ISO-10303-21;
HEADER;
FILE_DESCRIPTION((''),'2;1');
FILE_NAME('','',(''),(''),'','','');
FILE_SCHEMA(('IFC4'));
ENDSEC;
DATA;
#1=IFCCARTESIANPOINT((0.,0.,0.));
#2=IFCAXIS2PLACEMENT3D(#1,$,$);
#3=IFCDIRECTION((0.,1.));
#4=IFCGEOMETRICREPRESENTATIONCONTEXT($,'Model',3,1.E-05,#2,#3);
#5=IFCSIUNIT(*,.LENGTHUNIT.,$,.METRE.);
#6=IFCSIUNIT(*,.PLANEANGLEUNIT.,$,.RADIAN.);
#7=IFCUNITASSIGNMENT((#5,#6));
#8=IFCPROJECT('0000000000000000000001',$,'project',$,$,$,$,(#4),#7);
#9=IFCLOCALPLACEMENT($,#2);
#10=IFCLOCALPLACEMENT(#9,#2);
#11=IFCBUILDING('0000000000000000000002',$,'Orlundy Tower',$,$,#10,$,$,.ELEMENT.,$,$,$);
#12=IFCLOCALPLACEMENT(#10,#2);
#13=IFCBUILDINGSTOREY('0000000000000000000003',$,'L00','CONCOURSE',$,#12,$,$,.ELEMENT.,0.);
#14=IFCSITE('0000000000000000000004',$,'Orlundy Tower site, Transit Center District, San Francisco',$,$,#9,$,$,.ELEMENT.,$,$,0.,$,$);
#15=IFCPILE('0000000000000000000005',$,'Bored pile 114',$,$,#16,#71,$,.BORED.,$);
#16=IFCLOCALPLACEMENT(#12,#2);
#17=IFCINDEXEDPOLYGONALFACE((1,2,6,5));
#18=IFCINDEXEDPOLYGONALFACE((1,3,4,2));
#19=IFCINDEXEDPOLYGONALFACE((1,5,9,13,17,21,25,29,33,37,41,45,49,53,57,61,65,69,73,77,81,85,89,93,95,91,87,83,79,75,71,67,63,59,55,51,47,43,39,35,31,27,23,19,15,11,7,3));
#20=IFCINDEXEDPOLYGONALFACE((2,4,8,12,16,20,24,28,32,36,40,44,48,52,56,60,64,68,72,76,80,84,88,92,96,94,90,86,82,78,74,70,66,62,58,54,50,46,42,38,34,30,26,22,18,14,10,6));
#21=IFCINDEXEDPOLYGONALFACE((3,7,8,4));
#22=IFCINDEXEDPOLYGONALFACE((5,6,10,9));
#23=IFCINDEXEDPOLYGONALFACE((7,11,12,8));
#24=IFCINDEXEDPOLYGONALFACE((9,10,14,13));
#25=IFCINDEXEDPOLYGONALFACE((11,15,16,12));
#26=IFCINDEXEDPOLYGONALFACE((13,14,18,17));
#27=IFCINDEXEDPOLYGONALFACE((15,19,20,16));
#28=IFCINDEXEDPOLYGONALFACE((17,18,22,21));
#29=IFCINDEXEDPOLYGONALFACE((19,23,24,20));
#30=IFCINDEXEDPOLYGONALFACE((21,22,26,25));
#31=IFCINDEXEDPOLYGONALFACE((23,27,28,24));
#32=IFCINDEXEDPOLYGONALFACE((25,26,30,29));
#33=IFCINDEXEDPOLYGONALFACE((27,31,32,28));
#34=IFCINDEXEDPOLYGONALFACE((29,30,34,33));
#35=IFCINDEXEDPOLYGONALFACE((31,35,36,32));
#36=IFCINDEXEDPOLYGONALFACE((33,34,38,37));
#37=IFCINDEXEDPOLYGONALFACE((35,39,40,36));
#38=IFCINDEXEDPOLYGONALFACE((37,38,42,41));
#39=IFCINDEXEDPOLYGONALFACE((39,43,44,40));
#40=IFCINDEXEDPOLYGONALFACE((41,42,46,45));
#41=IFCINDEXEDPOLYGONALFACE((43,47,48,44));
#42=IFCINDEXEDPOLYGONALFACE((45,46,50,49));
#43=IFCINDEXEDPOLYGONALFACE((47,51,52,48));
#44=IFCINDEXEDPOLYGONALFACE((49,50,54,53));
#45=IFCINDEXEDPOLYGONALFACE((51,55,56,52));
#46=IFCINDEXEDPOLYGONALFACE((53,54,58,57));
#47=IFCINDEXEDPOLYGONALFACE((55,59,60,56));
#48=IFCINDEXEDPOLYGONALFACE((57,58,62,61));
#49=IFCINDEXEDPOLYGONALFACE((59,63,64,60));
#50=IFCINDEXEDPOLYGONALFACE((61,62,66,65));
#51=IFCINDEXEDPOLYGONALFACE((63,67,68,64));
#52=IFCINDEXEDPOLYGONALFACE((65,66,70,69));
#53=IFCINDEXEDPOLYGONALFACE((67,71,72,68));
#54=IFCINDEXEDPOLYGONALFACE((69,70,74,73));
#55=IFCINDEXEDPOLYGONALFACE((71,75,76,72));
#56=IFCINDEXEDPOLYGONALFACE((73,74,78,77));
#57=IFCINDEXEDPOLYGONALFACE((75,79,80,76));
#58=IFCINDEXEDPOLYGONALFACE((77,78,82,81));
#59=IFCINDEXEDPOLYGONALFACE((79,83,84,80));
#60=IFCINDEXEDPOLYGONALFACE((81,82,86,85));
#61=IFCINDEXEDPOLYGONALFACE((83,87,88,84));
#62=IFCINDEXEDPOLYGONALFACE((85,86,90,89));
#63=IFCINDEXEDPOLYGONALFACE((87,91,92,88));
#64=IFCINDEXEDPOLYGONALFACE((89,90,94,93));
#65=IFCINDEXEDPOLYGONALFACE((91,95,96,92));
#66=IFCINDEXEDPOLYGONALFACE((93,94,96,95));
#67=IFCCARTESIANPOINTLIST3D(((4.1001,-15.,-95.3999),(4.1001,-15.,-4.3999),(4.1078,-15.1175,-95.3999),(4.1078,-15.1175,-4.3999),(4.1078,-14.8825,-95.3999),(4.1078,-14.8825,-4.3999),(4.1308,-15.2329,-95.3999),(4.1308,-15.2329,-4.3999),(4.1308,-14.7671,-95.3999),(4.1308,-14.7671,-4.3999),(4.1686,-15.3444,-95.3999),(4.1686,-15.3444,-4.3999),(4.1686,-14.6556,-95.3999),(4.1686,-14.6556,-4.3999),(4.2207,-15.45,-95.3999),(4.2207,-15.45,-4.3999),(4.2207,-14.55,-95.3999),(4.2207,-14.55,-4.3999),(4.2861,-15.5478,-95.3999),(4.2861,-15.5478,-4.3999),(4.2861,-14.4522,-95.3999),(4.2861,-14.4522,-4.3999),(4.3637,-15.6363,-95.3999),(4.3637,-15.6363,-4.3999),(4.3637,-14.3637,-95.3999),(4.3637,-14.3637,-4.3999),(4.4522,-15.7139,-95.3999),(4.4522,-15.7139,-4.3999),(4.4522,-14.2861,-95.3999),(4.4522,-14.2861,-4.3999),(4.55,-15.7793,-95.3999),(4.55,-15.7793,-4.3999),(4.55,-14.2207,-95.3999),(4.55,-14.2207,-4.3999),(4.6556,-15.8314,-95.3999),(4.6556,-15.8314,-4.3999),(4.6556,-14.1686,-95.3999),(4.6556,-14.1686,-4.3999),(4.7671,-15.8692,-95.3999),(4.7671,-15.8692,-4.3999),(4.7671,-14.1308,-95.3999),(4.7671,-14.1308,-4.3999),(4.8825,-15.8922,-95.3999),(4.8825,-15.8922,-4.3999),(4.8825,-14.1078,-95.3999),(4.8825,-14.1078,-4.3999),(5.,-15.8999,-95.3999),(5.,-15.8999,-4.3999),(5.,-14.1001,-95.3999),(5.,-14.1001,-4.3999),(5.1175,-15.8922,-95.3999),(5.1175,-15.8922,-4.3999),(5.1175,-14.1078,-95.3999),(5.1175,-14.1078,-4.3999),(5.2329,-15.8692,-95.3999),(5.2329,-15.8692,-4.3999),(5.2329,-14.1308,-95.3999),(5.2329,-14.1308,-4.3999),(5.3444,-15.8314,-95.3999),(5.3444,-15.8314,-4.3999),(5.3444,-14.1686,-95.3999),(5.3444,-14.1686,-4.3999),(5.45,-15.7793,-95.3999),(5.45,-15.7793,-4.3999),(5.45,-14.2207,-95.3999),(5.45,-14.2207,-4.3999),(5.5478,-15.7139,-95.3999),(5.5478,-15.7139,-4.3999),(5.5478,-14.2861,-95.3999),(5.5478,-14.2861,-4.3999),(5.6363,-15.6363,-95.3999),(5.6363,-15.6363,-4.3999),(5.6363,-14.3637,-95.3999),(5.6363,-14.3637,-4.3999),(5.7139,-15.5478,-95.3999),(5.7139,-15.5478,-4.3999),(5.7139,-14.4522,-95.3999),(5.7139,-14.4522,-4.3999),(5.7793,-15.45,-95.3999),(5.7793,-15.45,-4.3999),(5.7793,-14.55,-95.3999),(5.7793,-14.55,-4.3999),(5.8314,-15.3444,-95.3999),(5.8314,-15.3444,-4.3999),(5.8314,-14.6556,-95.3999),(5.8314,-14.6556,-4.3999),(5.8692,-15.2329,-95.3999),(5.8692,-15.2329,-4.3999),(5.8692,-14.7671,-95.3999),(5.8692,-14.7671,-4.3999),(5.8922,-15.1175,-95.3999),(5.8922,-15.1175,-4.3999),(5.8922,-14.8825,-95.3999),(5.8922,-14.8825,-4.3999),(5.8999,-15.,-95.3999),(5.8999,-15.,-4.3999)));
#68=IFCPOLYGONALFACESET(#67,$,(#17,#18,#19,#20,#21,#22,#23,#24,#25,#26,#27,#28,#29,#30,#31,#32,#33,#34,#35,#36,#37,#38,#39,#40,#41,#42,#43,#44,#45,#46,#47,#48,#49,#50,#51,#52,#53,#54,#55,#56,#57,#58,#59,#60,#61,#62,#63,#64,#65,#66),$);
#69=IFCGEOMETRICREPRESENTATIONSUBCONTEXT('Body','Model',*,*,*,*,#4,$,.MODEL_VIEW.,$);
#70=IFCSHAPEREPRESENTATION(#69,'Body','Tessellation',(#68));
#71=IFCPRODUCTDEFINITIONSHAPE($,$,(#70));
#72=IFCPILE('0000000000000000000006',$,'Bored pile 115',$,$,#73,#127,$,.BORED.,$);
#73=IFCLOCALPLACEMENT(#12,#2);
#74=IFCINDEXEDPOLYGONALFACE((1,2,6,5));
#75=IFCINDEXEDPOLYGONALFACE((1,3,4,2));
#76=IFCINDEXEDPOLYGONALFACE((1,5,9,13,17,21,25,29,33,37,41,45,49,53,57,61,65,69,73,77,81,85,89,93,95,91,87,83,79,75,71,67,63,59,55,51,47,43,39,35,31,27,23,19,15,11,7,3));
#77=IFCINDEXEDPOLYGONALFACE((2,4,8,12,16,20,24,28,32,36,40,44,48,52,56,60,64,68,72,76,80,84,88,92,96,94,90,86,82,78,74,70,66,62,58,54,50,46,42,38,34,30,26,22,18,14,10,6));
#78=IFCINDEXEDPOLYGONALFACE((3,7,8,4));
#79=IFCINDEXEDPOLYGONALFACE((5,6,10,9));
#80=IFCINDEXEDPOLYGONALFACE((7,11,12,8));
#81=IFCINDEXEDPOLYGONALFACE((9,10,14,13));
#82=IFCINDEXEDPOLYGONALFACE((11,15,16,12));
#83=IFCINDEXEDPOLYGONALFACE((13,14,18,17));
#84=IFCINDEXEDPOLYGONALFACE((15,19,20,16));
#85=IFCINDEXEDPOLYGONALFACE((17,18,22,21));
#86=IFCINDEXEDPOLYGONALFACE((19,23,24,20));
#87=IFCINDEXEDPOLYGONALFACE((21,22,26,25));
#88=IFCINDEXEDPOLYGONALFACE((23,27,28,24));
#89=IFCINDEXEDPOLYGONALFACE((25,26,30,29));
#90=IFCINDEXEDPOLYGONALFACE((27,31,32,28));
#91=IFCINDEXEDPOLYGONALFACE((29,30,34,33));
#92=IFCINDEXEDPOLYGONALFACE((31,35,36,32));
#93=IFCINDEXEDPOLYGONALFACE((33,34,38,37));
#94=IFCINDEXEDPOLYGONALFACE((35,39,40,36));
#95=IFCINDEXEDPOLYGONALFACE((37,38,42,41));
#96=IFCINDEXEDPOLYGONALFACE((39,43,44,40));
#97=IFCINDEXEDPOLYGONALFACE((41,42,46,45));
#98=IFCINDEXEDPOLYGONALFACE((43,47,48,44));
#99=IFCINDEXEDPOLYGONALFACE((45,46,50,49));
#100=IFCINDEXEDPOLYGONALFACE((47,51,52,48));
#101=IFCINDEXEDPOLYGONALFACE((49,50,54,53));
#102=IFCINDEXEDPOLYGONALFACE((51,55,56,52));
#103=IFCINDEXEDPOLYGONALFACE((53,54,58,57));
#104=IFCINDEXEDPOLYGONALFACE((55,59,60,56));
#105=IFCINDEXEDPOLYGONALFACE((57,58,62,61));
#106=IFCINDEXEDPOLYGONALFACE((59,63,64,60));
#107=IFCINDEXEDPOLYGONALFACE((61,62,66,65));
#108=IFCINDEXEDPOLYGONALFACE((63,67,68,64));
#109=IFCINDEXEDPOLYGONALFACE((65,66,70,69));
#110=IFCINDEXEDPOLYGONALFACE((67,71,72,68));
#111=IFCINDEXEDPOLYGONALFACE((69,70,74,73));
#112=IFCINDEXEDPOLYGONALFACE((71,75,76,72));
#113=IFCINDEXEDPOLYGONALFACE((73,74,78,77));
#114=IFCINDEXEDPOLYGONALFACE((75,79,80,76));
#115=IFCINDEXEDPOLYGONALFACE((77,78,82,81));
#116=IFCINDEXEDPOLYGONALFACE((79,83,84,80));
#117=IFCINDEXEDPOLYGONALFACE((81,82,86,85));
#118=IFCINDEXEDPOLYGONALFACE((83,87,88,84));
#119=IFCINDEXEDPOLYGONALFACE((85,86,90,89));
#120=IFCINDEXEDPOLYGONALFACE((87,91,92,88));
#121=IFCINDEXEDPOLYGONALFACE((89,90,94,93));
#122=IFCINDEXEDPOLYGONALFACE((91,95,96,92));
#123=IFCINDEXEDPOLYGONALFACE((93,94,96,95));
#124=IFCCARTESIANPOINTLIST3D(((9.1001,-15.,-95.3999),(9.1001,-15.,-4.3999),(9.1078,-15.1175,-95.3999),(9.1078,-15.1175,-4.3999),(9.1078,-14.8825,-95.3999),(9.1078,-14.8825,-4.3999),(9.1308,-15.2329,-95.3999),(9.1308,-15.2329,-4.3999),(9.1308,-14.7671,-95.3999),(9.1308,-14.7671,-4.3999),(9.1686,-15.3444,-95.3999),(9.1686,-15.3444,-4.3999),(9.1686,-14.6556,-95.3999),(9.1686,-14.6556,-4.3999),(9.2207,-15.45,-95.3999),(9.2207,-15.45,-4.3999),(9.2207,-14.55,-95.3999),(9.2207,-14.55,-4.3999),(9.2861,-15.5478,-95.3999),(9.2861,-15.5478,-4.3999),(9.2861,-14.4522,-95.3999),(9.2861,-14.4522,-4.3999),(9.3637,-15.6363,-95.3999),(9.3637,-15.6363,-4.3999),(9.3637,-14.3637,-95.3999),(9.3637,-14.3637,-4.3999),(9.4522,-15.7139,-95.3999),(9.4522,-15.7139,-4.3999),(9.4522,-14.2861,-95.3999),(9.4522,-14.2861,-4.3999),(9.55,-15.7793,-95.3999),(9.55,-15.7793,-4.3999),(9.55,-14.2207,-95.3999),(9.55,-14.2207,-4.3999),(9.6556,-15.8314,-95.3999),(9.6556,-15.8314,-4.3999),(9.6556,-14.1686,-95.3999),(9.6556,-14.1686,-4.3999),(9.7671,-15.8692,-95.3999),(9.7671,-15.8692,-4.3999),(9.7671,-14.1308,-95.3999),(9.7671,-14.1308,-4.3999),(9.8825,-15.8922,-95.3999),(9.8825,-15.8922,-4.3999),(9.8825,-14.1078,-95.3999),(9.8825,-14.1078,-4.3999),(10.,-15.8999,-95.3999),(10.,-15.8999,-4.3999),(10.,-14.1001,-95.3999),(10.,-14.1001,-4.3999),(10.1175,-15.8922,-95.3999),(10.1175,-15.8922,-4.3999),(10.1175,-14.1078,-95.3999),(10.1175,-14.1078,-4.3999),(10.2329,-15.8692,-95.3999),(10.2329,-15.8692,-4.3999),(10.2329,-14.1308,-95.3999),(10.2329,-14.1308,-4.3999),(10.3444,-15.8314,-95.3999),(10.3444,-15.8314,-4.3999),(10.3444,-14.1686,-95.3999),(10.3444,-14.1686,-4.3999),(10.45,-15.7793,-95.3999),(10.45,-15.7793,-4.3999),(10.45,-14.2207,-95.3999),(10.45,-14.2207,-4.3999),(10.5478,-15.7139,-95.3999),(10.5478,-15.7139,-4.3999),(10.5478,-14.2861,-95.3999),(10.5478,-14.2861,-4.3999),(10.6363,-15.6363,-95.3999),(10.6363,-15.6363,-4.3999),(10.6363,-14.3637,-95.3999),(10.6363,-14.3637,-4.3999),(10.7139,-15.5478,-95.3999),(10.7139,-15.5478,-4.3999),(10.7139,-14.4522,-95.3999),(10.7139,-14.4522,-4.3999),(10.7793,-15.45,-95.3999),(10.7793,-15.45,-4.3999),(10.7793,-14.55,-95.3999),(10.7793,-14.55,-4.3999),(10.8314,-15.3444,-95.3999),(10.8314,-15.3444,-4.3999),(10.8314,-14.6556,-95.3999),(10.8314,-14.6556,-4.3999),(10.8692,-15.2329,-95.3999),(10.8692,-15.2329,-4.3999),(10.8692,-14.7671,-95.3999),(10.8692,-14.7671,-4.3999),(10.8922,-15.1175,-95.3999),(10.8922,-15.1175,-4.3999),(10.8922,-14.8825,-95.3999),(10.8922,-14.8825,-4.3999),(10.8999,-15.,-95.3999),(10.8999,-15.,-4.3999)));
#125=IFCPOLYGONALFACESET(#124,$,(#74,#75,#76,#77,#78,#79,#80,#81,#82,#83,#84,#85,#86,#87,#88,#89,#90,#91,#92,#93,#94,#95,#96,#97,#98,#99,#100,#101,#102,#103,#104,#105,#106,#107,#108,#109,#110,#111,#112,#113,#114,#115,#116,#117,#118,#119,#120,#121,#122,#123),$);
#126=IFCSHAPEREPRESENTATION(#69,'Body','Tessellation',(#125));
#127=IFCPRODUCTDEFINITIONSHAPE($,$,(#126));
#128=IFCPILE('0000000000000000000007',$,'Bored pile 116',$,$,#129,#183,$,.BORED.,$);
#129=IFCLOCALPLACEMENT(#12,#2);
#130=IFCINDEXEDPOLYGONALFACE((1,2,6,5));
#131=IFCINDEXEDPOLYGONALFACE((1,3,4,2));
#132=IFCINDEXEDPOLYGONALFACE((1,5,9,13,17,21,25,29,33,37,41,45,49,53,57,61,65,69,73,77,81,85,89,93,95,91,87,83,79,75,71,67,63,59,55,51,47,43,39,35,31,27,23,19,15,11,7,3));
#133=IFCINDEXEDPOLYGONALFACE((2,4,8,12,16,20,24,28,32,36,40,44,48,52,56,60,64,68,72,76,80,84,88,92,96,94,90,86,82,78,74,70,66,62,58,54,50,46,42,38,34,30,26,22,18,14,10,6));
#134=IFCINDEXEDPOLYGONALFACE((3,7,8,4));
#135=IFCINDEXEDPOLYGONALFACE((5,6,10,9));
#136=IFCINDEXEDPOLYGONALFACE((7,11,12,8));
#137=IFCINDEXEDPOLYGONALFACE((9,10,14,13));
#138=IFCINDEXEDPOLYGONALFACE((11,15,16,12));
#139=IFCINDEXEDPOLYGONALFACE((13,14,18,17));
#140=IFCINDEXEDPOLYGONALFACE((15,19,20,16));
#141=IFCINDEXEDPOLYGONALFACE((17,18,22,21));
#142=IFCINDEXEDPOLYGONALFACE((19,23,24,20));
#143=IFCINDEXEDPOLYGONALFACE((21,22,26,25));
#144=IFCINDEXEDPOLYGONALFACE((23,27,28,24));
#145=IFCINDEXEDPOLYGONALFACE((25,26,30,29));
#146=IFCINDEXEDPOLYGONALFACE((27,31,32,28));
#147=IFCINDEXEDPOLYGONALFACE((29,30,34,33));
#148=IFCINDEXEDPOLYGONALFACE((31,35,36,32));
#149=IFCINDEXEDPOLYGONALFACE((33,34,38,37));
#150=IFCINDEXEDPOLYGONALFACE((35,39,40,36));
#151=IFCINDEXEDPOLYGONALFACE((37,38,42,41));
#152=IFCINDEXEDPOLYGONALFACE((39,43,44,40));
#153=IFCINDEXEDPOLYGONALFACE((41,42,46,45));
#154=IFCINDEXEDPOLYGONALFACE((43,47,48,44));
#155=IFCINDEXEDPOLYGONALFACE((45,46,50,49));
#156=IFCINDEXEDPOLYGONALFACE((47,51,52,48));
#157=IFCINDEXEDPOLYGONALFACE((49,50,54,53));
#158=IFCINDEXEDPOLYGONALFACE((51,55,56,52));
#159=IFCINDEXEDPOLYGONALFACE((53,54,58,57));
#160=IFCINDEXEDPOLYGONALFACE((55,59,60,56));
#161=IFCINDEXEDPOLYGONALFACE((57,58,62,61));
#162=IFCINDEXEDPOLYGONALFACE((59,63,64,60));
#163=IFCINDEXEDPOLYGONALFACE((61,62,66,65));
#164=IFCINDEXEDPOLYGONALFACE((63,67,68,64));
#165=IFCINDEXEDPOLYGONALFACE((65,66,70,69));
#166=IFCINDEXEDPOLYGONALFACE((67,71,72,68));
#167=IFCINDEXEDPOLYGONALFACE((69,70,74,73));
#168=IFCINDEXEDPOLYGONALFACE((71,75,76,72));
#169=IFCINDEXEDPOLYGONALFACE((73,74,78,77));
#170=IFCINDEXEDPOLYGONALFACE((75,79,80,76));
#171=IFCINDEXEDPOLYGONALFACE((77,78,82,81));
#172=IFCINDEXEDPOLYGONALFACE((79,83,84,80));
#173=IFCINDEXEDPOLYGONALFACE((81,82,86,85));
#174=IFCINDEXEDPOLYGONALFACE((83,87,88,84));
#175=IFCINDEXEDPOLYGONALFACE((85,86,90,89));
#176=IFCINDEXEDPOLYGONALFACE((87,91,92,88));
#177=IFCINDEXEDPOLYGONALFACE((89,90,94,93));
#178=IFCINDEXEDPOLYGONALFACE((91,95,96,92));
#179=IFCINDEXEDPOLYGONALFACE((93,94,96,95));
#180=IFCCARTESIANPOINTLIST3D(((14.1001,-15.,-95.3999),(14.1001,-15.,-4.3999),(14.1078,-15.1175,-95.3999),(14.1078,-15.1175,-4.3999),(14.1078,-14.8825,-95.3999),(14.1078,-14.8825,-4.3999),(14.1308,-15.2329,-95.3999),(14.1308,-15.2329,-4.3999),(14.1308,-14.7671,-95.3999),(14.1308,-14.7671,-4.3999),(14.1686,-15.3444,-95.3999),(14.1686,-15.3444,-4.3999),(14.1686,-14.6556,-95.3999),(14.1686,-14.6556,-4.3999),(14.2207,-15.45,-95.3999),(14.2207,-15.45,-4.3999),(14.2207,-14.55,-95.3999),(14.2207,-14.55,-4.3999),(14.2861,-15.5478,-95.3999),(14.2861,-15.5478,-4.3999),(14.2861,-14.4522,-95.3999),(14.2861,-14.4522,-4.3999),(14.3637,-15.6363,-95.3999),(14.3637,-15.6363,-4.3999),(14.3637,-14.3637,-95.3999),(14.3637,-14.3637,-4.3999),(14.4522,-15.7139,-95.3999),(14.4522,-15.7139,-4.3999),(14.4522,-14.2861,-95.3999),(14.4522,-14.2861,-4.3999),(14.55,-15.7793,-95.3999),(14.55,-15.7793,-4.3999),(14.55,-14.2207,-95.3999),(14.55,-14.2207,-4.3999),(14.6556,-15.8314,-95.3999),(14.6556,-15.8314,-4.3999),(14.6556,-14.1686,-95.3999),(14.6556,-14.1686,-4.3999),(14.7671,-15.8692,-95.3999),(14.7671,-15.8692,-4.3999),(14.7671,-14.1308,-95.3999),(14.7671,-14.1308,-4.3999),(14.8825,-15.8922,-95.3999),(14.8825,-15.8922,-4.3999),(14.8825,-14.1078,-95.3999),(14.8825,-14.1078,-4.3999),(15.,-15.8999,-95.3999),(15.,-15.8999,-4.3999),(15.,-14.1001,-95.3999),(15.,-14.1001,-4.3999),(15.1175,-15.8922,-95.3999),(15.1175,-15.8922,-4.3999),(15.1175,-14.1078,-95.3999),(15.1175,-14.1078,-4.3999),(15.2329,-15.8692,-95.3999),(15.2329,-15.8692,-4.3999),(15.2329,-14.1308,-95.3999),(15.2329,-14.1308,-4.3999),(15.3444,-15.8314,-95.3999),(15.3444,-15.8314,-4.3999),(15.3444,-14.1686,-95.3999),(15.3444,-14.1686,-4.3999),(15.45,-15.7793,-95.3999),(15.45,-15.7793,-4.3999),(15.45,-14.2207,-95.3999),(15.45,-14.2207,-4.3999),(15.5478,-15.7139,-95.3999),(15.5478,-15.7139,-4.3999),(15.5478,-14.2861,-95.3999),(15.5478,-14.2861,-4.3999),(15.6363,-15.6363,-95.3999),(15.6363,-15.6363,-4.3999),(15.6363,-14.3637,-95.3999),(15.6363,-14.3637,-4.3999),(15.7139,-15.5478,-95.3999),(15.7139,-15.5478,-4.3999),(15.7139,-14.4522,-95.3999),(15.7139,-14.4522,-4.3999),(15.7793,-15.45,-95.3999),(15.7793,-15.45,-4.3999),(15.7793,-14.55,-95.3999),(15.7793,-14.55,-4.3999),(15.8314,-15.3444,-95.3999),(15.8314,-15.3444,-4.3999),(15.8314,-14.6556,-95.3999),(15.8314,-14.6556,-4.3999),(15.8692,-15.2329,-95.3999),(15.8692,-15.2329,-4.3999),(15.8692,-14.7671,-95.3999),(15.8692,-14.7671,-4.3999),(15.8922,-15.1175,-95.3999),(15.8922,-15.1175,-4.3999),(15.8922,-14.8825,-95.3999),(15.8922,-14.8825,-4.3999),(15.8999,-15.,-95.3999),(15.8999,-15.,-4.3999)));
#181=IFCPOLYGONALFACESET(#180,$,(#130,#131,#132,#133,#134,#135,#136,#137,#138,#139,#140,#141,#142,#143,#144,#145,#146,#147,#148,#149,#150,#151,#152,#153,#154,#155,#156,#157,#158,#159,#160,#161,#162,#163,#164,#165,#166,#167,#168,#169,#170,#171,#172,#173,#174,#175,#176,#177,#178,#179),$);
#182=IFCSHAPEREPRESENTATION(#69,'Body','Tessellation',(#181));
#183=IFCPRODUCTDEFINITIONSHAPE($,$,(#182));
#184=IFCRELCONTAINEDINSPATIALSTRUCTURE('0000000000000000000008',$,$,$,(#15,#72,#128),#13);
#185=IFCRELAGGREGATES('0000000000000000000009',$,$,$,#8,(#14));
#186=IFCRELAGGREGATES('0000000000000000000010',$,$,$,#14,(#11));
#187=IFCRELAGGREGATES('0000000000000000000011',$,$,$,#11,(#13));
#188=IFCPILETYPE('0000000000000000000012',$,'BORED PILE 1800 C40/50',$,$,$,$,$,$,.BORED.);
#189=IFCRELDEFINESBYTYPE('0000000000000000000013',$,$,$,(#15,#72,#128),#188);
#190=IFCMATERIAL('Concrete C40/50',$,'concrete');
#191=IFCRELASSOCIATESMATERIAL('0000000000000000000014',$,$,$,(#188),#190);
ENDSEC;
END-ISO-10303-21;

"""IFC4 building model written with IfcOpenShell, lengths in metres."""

from ifc_helpers import new_model, si_unit, direction, frame, origin, origin_2d, place, context, subcontext, project, spatial, circle, extrude, material, material_profile, profile_set, type_object, element, save


model = new_model("IFC4")

# Units and contexts
model_context = context("Model", 3, precision=1e-05, world=origin(), true_north=direction((0.0, 1.0)))
body_context = subcontext(model_context, "Body", "Model", "MODEL_VIEW")
ifc_project = project(units=[si_unit("LENGTHUNIT", "METRE"), si_unit("PLANEANGLEUNIT", "RADIAN")], contexts=[model_context])

# Site, building, storey
site_placement = place(None, origin())
site = spatial("IfcSite", under=ifc_project, at=site_placement, Name="Orlundy Tower site, Transit Center District, San Francisco", CompositionType="ELEMENT", RefElevation=0.0)
building_placement = place(site_placement, origin())
building = spatial("IfcBuilding", under=site, at=building_placement, Name="Orlundy Tower", CompositionType="ELEMENT")
storey_placement = place(building_placement, origin())
storey = spatial("IfcBuildingStorey", under=building, at=storey_placement, Name="L00", Description="CONCOURSE", CompositionType="ELEMENT", Elevation=0.0)

# Piles
ifc_material_1 = material(Name="Concrete C40/50", Category="concrete")
ifc_material_profile_1 = material_profile(ifc_material_1, circle(Radius=0.8999, at=origin_2d()), Name="BP1800")
ifc_profile_set_1 = profile_set([ifc_material_profile_1], Name="Concrete C40/50")
pile_type = type_object("IfcPileType", Name="BORED PILE 1800 C40/50", PredefinedType="BORED", material=ifc_profile_set_1)
for number, where, z_axis, x_axis, name in (
    (1, (5.0, -15.0, -4.3999), (0.0, 0.0, -1.0), (1.0, 0.0, 0.0), "Bored pile 114"),
    (2, (10.0, -15.0, -4.3999), (0.0, 0.0, -1.0), (1.0, 0.0, 0.0), "Bored pile 115"),
    (3, (15.0, -15.0, -4.3999), (0.0, 0.0, -1.0), (1.0, 0.0, 0.0), "Bored pile 116"),
):
    element("IfcPile", number, at=place(storey_placement, frame(where, z_axis=z_axis, x_axis=x_axis)), inside=storey, type_object=pile_type, Name=name, PredefinedType="BORED", context=body_context, shape_type="SweptSolid", body=[
        extrude(circle(Radius=0.8999, at=origin_2d()), origin(), (0.0, 0.0, 1.0), 91.0),
    ])

save(model, "model.ifc")
